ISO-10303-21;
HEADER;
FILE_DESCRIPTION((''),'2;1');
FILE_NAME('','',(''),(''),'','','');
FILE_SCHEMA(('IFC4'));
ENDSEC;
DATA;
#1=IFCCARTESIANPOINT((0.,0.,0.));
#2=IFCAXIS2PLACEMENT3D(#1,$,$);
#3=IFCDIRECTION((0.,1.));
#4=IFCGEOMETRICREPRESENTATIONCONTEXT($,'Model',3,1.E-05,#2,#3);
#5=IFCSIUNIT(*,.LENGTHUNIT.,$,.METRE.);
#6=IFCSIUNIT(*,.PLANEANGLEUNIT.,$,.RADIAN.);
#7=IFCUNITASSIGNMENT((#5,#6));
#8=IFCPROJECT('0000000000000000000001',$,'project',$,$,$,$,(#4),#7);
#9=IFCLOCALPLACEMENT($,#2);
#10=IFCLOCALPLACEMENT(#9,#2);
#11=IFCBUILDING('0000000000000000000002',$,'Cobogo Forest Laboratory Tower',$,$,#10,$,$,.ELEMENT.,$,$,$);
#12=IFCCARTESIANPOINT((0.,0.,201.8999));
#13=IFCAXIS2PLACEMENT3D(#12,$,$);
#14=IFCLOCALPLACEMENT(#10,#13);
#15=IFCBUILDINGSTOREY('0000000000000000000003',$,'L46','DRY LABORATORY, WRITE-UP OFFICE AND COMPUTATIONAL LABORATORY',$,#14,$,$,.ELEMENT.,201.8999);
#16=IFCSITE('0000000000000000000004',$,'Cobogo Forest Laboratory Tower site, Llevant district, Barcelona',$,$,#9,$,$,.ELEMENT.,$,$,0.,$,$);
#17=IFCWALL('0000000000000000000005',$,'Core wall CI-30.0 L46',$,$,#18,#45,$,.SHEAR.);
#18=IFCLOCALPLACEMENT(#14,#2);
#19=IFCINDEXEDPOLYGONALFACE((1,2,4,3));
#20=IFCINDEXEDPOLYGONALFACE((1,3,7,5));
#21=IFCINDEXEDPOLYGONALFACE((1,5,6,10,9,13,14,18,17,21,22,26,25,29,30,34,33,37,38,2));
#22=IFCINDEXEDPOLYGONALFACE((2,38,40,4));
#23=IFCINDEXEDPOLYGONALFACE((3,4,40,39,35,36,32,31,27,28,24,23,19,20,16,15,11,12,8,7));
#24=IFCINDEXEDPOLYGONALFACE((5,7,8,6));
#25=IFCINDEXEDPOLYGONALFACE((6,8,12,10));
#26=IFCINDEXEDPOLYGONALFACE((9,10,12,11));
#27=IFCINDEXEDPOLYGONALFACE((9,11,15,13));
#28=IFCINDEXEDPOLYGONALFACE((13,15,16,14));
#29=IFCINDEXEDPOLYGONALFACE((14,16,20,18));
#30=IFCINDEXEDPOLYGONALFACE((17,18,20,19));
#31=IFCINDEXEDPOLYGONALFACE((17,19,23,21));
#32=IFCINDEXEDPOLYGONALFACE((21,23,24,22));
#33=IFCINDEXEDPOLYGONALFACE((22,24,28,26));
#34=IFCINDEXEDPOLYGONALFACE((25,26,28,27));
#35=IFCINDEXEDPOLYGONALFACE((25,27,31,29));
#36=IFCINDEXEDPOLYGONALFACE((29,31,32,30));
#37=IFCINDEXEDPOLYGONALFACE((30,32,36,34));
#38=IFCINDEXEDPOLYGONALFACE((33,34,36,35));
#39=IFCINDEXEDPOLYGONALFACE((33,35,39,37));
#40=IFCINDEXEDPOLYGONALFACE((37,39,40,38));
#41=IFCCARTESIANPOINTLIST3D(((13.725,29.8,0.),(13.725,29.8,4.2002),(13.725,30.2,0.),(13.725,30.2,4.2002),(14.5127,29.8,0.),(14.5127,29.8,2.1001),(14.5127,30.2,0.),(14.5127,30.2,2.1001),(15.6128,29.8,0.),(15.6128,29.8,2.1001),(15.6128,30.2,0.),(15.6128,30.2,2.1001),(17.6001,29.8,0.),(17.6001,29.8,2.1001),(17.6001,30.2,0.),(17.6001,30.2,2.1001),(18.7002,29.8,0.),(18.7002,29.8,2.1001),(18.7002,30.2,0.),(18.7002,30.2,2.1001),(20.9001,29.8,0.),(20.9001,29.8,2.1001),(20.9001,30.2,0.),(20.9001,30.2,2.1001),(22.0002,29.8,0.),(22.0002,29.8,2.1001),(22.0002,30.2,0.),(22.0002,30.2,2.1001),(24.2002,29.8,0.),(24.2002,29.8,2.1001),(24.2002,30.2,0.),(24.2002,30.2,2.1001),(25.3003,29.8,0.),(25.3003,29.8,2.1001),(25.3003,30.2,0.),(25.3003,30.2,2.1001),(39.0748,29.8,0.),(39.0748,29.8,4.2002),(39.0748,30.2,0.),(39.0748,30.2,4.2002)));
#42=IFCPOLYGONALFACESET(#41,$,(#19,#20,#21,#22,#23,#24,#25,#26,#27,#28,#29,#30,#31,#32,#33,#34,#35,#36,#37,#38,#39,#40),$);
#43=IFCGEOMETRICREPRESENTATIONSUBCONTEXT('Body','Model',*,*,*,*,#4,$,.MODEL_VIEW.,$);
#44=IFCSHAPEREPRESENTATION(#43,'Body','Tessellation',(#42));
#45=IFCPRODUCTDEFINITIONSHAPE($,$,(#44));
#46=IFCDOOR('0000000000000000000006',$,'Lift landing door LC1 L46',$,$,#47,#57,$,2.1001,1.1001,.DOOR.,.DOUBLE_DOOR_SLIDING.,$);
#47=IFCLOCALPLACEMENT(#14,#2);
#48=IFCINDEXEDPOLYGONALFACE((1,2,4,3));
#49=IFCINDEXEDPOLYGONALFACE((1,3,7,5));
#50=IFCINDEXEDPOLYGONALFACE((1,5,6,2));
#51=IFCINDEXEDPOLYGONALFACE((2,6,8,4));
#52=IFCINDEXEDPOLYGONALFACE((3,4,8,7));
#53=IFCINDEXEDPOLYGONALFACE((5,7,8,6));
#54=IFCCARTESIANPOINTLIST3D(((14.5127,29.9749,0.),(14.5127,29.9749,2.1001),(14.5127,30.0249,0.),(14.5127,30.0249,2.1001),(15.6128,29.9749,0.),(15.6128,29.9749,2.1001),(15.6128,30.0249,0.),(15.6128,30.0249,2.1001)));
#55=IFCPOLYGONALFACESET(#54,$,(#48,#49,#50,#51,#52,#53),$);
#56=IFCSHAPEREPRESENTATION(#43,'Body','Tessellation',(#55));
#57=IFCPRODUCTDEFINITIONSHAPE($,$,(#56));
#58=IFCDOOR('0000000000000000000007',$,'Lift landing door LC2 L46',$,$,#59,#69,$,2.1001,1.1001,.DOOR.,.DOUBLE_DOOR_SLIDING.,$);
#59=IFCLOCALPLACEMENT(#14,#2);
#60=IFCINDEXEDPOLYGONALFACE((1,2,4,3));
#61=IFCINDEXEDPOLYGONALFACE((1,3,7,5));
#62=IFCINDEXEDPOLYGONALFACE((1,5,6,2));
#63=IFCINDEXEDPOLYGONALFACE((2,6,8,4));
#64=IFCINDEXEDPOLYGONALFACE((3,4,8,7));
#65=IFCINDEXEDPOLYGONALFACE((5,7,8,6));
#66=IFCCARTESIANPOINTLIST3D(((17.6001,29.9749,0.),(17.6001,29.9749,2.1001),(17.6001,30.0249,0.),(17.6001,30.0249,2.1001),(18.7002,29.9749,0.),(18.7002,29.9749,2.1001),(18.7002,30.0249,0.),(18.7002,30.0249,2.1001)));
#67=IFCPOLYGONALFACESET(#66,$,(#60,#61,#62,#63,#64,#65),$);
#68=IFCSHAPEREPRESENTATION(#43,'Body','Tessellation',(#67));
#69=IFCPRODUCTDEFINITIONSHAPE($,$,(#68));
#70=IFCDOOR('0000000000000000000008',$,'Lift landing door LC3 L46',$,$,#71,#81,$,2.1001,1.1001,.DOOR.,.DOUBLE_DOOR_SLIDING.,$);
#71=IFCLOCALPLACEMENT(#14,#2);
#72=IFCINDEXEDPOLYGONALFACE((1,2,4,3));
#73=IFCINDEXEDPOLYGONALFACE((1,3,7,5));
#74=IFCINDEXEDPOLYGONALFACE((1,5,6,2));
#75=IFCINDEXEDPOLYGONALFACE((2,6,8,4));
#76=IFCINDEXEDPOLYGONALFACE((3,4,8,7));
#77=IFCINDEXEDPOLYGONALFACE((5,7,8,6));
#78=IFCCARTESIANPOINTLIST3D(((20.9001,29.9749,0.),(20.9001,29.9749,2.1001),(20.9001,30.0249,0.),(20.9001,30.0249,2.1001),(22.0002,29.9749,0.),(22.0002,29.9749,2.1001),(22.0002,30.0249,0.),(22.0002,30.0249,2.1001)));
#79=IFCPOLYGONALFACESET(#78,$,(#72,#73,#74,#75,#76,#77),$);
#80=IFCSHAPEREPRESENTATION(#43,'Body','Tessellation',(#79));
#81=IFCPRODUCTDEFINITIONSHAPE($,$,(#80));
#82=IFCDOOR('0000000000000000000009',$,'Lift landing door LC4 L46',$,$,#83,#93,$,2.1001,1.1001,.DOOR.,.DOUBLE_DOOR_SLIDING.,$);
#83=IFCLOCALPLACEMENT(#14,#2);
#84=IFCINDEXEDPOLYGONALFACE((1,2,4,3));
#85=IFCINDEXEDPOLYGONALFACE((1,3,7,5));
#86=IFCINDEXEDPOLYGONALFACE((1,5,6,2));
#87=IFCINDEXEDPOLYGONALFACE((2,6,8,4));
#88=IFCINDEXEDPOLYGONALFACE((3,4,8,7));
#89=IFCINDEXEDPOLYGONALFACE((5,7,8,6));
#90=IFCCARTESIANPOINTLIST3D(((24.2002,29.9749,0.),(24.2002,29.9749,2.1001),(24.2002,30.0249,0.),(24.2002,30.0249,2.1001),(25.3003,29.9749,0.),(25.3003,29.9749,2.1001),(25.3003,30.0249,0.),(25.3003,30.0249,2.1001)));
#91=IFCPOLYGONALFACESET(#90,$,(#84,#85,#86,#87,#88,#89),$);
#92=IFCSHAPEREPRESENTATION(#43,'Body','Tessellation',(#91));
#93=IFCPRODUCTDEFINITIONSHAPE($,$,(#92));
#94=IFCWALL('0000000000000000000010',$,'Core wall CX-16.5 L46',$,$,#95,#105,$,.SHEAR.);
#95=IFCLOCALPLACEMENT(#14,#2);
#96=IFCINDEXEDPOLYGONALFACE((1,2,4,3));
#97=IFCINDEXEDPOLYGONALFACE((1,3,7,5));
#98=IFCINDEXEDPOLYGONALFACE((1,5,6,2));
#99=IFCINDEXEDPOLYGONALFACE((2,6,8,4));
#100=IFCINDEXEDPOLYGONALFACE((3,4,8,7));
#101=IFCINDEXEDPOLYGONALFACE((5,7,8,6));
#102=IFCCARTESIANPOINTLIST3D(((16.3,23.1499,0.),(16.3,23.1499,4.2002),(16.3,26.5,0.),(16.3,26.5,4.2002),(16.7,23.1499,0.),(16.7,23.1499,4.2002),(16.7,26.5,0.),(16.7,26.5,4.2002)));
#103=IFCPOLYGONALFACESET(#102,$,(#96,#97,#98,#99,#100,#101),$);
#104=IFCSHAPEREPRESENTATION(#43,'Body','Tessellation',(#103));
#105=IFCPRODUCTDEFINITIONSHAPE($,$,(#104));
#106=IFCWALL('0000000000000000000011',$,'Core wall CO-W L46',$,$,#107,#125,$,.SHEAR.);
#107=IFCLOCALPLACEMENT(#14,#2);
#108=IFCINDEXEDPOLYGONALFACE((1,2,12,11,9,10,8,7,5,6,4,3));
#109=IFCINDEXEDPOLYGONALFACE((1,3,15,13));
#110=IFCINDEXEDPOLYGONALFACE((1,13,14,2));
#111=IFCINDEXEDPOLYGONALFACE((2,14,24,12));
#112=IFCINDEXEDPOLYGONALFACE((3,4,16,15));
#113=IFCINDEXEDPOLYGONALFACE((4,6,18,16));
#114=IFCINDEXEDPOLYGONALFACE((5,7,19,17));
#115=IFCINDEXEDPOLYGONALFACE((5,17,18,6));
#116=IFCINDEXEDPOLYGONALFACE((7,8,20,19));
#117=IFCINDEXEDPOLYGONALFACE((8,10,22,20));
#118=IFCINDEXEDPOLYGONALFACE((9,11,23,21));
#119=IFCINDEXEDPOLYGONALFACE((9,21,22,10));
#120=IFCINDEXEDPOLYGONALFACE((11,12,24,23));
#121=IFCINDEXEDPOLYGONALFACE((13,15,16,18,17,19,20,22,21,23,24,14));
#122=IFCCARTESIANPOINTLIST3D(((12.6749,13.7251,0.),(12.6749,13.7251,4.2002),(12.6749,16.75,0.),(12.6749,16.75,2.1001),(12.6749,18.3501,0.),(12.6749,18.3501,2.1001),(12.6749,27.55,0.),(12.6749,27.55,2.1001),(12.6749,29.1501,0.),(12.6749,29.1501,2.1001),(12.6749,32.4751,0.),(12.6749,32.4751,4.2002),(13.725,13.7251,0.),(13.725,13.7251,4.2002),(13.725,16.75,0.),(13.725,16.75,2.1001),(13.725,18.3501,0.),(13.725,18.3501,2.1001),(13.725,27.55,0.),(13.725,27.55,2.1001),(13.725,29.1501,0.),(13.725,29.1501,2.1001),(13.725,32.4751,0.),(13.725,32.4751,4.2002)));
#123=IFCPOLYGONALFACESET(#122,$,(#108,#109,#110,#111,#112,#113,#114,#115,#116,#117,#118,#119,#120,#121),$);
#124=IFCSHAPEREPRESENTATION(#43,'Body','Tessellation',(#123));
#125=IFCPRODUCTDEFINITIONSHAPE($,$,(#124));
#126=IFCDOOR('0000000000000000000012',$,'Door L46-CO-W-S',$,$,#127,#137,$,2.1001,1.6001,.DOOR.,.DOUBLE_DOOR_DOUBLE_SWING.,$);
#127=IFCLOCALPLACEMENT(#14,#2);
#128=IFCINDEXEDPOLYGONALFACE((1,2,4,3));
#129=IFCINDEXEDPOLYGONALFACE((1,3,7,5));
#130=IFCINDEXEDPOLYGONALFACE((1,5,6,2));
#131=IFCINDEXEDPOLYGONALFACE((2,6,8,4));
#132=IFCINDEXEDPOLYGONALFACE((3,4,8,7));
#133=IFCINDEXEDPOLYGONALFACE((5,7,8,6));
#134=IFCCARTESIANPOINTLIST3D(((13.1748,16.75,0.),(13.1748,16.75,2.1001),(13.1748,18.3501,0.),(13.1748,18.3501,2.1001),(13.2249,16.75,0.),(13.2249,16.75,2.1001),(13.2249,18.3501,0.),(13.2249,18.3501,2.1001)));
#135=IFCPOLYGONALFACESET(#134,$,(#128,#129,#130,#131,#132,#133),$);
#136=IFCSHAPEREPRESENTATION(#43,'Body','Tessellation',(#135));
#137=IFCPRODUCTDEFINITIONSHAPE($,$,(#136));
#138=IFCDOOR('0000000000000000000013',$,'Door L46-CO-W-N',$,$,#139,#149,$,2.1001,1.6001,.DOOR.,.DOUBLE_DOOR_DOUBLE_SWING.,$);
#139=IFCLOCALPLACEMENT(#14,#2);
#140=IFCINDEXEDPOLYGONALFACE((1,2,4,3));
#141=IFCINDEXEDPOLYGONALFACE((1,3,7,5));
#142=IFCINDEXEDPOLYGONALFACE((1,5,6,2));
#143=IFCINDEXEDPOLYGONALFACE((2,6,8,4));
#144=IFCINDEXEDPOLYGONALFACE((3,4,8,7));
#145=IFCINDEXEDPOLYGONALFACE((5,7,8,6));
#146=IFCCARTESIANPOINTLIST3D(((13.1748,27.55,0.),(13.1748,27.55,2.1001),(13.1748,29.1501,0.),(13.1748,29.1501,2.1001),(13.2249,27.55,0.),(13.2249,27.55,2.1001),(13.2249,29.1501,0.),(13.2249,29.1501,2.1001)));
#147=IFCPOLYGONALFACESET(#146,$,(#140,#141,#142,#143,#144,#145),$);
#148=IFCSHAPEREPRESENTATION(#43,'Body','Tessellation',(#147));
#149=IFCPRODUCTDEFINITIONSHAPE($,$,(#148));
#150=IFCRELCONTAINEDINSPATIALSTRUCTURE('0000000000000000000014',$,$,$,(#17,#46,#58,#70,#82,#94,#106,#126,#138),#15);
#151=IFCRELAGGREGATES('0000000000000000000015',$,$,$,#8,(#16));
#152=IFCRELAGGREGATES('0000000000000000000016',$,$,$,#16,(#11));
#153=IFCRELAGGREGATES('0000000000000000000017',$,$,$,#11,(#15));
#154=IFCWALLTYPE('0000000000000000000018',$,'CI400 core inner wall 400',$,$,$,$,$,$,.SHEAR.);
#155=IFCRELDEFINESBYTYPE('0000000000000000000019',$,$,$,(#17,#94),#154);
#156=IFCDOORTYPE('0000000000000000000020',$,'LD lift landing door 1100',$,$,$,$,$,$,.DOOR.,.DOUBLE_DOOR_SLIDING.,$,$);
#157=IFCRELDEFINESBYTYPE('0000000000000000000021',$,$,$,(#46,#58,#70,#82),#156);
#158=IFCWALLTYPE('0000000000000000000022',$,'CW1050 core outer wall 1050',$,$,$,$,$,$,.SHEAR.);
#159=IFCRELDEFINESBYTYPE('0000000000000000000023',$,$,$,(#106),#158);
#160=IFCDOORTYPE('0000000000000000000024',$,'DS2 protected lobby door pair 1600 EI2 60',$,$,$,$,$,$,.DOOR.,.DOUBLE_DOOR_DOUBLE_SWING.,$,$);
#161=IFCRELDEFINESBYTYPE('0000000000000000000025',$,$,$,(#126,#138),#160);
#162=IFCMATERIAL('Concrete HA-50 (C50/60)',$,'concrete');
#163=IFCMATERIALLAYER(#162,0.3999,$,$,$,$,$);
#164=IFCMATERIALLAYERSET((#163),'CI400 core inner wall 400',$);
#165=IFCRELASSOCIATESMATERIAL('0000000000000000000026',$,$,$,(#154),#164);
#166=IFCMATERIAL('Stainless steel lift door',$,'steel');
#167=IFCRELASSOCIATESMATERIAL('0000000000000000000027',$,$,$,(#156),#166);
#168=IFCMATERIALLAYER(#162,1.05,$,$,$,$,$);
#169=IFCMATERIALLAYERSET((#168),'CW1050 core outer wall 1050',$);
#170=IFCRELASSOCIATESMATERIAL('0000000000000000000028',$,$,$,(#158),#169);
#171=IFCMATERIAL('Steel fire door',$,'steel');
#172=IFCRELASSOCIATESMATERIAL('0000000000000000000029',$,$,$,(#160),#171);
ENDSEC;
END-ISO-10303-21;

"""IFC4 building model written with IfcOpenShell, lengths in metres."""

from ifc_helpers import new_model, si_unit, direction, frame, frame_2d, origin, place, context, subcontext, project, spatial, rectangle, extrude, material, layer, layer_set, type_object, element, fill, save


model = new_model("IFC4")

# Units and contexts
model_context = context("Model", 3, precision=1e-05, world=origin(), true_north=direction((0.0, 1.0)))
body_context = subcontext(model_context, "Body", "Model", "MODEL_VIEW")
ifc_project = project(units=[si_unit("LENGTHUNIT", "METRE"), si_unit("PLANEANGLEUNIT", "RADIAN")], contexts=[model_context])

# Site, building, storey
site_placement = place(None, origin())
site = spatial("IfcSite", under=ifc_project, at=site_placement, Name="Cobogo Forest Laboratory Tower site, Llevant district, Barcelona", CompositionType="ELEMENT", RefElevation=0.0)
building_placement = place(site_placement, origin())
building = spatial("IfcBuilding", under=site, at=building_placement, Name="Cobogo Forest Laboratory Tower", CompositionType="ELEMENT")
storey_placement = place(building_placement, frame((0.0, 0.0, 201.8999)))
storey = spatial("IfcBuildingStorey", under=building, at=storey_placement, Name="L46", Description="DRY LABORATORY, WRITE-UP OFFICE AND COMPUTATIONAL LABORATORY", CompositionType="ELEMENT", Elevation=201.8999)

# Shared definitions
ifc_material_1 = material(Name="Concrete HA-50 (C50/60)", Category="concrete")

# Shared definitions
ifc_layer_1 = layer(ifc_material_1, 0.3999)
ifc_layer_set_1 = layer_set([ifc_layer_1], Name="CI400 core inner wall 400")
wall_type_1 = type_object("IfcWallType", Name="CI400 core inner wall 400", PredefinedType="SHEAR", material=ifc_layer_set_1)

# Wall, openings, doors
ifc_material_2 = material(Name="Steel fire door", Category="steel")
ifc_material_3 = material(Name="Stainless steel lift door", Category="steel")
door_type_1 = type_object("IfcDoorType", Name="LD lift landing door 1100", OperationType="DOUBLE_DOOR_SLIDING", PredefinedType="DOOR", material=ifc_material_3)
wall_1_placement = place(storey_placement, frame((13.7251, 30.0, 0.0), z_axis=(0.0, 0.0, 1.0), x_axis=(1.0, 0.0, 0.0)))
wall_1 = element("IfcWall", 1, at=wall_1_placement, inside=storey, type_object=wall_type_1, Name="Core wall CI-30.0 L46", PredefinedType="SHEAR", context=body_context, shape_type="SweptSolid", body=[
    extrude(rectangle(XDim=25.3499, YDim=0.3999, at=frame_2d((12.6748, 0.0))), origin(), (0.0, 0.0, 1.0), 4.2002),
])
opening_1_placement = place(wall_1_placement, frame((0.7876, 0.0, 0.0)))
opening_1 = element("IfcOpeningElement", 2, at=opening_1_placement, cuts=wall_1, PredefinedType="OPENING", context=body_context, shape_type="SweptSolid", body=[
    extrude(rectangle(XDim=1.1001, YDim=2.1001, at=frame_2d((0.55, 1.05))), frame((0.0, 0.21, 0.0), z_axis=(0.0, -1.0, 0.0), x_axis=(1.0, 0.0, 0.0)), (0.0, 0.0, 1.0), 0.4199),
])
opening_2_placement = place(wall_1_placement, frame((3.875, 0.0, 0.0)))
opening_2 = element("IfcOpeningElement", 3, at=opening_2_placement, cuts=wall_1, PredefinedType="OPENING", context=body_context, shape_type="SweptSolid", body=[
    extrude(rectangle(XDim=1.1001, YDim=2.1001, at=frame_2d((0.55, 1.05))), frame((0.0, 0.21, 0.0), z_axis=(0.0, -1.0, 0.0), x_axis=(1.0, 0.0, 0.0)), (0.0, 0.0, 1.0), 0.4199),
])
opening_3_placement = place(wall_1_placement, frame((7.175, 0.0, 0.0)))
opening_3 = element("IfcOpeningElement", 4, at=opening_3_placement, cuts=wall_1, PredefinedType="OPENING", context=body_context, shape_type="SweptSolid", body=[
    extrude(rectangle(XDim=1.1001, YDim=2.1001, at=frame_2d((0.55, 1.05))), frame((0.0, 0.21, 0.0), z_axis=(0.0, -1.0, 0.0), x_axis=(1.0, 0.0, 0.0)), (0.0, 0.0, 1.0), 0.4199),
])
opening_4_placement = place(wall_1_placement, frame((10.4751, 0.0, 0.0)))
opening_4 = element("IfcOpeningElement", 5, at=opening_4_placement, cuts=wall_1, PredefinedType="OPENING", context=body_context, shape_type="SweptSolid", body=[
    extrude(rectangle(XDim=1.1001, YDim=2.1001, at=frame_2d((0.55, 1.05))), frame((0.0, 0.21, 0.0), z_axis=(0.0, -1.0, 0.0), x_axis=(1.0, 0.0, 0.0)), (0.0, 0.0, 1.0), 0.4199),
])
door_1_placement = place(opening_1_placement, origin())
door_1 = element("IfcDoor", 6, at=door_1_placement, inside=storey, type_object=door_type_1, Name="Lift landing door LC1 L46", OperationType="DOUBLE_DOOR_SLIDING", OverallHeight=2.1001, OverallWidth=1.1001, PredefinedType="DOOR", context=body_context, shape_type="SweptSolid", body=[
    extrude(rectangle(XDim=1.1001, YDim=2.1001, at=frame_2d((0.55, 1.05))), frame((0.0, 0.0249, 0.0), z_axis=(0.0, -1.0, 0.0), x_axis=(1.0, 0.0, 0.0)), (0.0, 0.0, 1.0), 0.05),
])
fill(opening_1, door_1)
door_2_placement = place(opening_2_placement, origin())
door_2 = element("IfcDoor", 7, at=door_2_placement, inside=storey, type_object=door_type_1, Name="Lift landing door LC2 L46", OperationType="DOUBLE_DOOR_SLIDING", OverallHeight=2.1001, OverallWidth=1.1001, PredefinedType="DOOR", context=body_context, shape_type="SweptSolid", body=[
    extrude(rectangle(XDim=1.1001, YDim=2.1001, at=frame_2d((0.55, 1.05))), frame((0.0, 0.0249, 0.0), z_axis=(0.0, -1.0, 0.0), x_axis=(1.0, 0.0, 0.0)), (0.0, 0.0, 1.0), 0.05),
])
fill(opening_2, door_2)
door_3_placement = place(opening_3_placement, origin())
door_3 = element("IfcDoor", 8, at=door_3_placement, inside=storey, type_object=door_type_1, Name="Lift landing door LC3 L46", OperationType="DOUBLE_DOOR_SLIDING", OverallHeight=2.1001, OverallWidth=1.1001, PredefinedType="DOOR", context=body_context, shape_type="SweptSolid", body=[
    extrude(rectangle(XDim=1.1001, YDim=2.1001, at=frame_2d((0.55, 1.05))), frame((0.0, 0.0249, 0.0), z_axis=(0.0, -1.0, 0.0), x_axis=(1.0, 0.0, 0.0)), (0.0, 0.0, 1.0), 0.05),
])
fill(opening_3, door_3)
door_4_placement = place(opening_4_placement, origin())
door_4 = element("IfcDoor", 9, at=door_4_placement, inside=storey, type_object=door_type_1, Name="Lift landing door LC4 L46", OperationType="DOUBLE_DOOR_SLIDING", OverallHeight=2.1001, OverallWidth=1.1001, PredefinedType="DOOR", context=body_context, shape_type="SweptSolid", body=[
    extrude(rectangle(XDim=1.1001, YDim=2.1001, at=frame_2d((0.55, 1.05))), frame((0.0, 0.0249, 0.0), z_axis=(0.0, -1.0, 0.0), x_axis=(1.0, 0.0, 0.0)), (0.0, 0.0, 1.0), 0.05),
])
fill(opening_4, door_4)

# Wall
wall_2_placement = place(storey_placement, frame((16.5, 23.1499, 0.0), z_axis=(0.0, 0.0, 1.0), x_axis=(0.0, 1.0, 0.0)))
element("IfcWall", 10, at=wall_2_placement, inside=storey, type_object=wall_type_1, Name="Core wall CX-16.5 L46", PredefinedType="SHEAR", context=body_context, shape_type="SweptSolid", body=[
    extrude(rectangle(XDim=3.3501, YDim=0.3999, at=frame_2d((1.675, 0.0))), origin(), (0.0, 0.0, 1.0), 4.2002),
])

# Wall, openings, doors
ifc_layer_2 = layer(ifc_material_1, 1.05)
ifc_layer_set_2 = layer_set([ifc_layer_2], Name="CW1050 core outer wall 1050")
wall_type_2 = type_object("IfcWallType", Name="CW1050 core outer wall 1050", PredefinedType="SHEAR", material=ifc_layer_set_2)
wall_3_placement = place(storey_placement, frame((13.2, 32.4751, 0.0), z_axis=(0.0, 0.0, 1.0), x_axis=(0.0, -1.0, 0.0)))
wall_3 = element("IfcWall", 11, at=wall_3_placement, inside=storey, type_object=wall_type_2, Name="Core wall CO-W L46", PredefinedType="SHEAR", context=body_context, shape_type="SweptSolid", body=[
    extrude(rectangle(XDim=18.75, YDim=1.05, at=frame_2d((9.375, 0.0))), origin(), (0.0, 0.0, 1.0), 4.2002),
])
opening_5_placement = place(wall_3_placement, frame((14.125, 0.0, 0.0)))
opening_5 = element("IfcOpeningElement", 12, at=opening_5_placement, cuts=wall_3, PredefinedType="OPENING", context=body_context, shape_type="SweptSolid", body=[
    extrude(rectangle(XDim=1.6001, YDim=2.1001, at=frame_2d((0.8, 1.05))), frame((0.0, 0.5349, 0.0), z_axis=(0.0, -1.0, 0.0), x_axis=(1.0, 0.0, 0.0)), (0.0, 0.0, 1.0), 1.0701),
])
opening_6_placement = place(wall_3_placement, frame((3.325, 0.0, 0.0)))
opening_6 = element("IfcOpeningElement", 13, at=opening_6_placement, cuts=wall_3, PredefinedType="OPENING", context=body_context, shape_type="SweptSolid", body=[
    extrude(rectangle(XDim=1.6001, YDim=2.1001, at=frame_2d((0.8, 1.05))), frame((0.0, 0.5349, 0.0), z_axis=(0.0, -1.0, 0.0), x_axis=(1.0, 0.0, 0.0)), (0.0, 0.0, 1.0), 1.0701),
])
door_type_2 = type_object("IfcDoorType", Name="DS2 protected lobby door pair 1600 EI2 60", OperationType="DOUBLE_DOOR_DOUBLE_SWING", PredefinedType="DOOR", material=ifc_material_2)
door_5_placement = place(opening_5_placement, origin())
door_5 = element("IfcDoor", 14, at=door_5_placement, inside=storey, type_object=door_type_2, Name="Door L46-CO-W-S", OperationType="DOUBLE_DOOR_DOUBLE_SWING", OverallHeight=2.1001, OverallWidth=1.6001, PredefinedType="DOOR", context=body_context, shape_type="SweptSolid", body=[
    extrude(rectangle(XDim=1.6001, YDim=2.1001, at=frame_2d((0.8, 1.05))), frame((0.0, 0.0249, 0.0), z_axis=(0.0, -1.0, 0.0), x_axis=(1.0, 0.0, 0.0)), (0.0, 0.0, 1.0), 0.05),
])
fill(opening_5, door_5)
door_6_placement = place(opening_6_placement, origin())
door_6 = element("IfcDoor", 15, at=door_6_placement, inside=storey, type_object=door_type_2, Name="Door L46-CO-W-N", OperationType="DOUBLE_DOOR_DOUBLE_SWING", OverallHeight=2.1001, OverallWidth=1.6001, PredefinedType="DOOR", context=body_context, shape_type="SweptSolid", body=[
    extrude(rectangle(XDim=1.6001, YDim=2.1001, at=frame_2d((0.8, 1.05))), frame((0.0, 0.0249, 0.0), z_axis=(0.0, -1.0, 0.0), x_axis=(1.0, 0.0, 0.0)), (0.0, 0.0, 1.0), 0.05),
])
fill(opening_6, door_6)

save(model, "model.ifc")
